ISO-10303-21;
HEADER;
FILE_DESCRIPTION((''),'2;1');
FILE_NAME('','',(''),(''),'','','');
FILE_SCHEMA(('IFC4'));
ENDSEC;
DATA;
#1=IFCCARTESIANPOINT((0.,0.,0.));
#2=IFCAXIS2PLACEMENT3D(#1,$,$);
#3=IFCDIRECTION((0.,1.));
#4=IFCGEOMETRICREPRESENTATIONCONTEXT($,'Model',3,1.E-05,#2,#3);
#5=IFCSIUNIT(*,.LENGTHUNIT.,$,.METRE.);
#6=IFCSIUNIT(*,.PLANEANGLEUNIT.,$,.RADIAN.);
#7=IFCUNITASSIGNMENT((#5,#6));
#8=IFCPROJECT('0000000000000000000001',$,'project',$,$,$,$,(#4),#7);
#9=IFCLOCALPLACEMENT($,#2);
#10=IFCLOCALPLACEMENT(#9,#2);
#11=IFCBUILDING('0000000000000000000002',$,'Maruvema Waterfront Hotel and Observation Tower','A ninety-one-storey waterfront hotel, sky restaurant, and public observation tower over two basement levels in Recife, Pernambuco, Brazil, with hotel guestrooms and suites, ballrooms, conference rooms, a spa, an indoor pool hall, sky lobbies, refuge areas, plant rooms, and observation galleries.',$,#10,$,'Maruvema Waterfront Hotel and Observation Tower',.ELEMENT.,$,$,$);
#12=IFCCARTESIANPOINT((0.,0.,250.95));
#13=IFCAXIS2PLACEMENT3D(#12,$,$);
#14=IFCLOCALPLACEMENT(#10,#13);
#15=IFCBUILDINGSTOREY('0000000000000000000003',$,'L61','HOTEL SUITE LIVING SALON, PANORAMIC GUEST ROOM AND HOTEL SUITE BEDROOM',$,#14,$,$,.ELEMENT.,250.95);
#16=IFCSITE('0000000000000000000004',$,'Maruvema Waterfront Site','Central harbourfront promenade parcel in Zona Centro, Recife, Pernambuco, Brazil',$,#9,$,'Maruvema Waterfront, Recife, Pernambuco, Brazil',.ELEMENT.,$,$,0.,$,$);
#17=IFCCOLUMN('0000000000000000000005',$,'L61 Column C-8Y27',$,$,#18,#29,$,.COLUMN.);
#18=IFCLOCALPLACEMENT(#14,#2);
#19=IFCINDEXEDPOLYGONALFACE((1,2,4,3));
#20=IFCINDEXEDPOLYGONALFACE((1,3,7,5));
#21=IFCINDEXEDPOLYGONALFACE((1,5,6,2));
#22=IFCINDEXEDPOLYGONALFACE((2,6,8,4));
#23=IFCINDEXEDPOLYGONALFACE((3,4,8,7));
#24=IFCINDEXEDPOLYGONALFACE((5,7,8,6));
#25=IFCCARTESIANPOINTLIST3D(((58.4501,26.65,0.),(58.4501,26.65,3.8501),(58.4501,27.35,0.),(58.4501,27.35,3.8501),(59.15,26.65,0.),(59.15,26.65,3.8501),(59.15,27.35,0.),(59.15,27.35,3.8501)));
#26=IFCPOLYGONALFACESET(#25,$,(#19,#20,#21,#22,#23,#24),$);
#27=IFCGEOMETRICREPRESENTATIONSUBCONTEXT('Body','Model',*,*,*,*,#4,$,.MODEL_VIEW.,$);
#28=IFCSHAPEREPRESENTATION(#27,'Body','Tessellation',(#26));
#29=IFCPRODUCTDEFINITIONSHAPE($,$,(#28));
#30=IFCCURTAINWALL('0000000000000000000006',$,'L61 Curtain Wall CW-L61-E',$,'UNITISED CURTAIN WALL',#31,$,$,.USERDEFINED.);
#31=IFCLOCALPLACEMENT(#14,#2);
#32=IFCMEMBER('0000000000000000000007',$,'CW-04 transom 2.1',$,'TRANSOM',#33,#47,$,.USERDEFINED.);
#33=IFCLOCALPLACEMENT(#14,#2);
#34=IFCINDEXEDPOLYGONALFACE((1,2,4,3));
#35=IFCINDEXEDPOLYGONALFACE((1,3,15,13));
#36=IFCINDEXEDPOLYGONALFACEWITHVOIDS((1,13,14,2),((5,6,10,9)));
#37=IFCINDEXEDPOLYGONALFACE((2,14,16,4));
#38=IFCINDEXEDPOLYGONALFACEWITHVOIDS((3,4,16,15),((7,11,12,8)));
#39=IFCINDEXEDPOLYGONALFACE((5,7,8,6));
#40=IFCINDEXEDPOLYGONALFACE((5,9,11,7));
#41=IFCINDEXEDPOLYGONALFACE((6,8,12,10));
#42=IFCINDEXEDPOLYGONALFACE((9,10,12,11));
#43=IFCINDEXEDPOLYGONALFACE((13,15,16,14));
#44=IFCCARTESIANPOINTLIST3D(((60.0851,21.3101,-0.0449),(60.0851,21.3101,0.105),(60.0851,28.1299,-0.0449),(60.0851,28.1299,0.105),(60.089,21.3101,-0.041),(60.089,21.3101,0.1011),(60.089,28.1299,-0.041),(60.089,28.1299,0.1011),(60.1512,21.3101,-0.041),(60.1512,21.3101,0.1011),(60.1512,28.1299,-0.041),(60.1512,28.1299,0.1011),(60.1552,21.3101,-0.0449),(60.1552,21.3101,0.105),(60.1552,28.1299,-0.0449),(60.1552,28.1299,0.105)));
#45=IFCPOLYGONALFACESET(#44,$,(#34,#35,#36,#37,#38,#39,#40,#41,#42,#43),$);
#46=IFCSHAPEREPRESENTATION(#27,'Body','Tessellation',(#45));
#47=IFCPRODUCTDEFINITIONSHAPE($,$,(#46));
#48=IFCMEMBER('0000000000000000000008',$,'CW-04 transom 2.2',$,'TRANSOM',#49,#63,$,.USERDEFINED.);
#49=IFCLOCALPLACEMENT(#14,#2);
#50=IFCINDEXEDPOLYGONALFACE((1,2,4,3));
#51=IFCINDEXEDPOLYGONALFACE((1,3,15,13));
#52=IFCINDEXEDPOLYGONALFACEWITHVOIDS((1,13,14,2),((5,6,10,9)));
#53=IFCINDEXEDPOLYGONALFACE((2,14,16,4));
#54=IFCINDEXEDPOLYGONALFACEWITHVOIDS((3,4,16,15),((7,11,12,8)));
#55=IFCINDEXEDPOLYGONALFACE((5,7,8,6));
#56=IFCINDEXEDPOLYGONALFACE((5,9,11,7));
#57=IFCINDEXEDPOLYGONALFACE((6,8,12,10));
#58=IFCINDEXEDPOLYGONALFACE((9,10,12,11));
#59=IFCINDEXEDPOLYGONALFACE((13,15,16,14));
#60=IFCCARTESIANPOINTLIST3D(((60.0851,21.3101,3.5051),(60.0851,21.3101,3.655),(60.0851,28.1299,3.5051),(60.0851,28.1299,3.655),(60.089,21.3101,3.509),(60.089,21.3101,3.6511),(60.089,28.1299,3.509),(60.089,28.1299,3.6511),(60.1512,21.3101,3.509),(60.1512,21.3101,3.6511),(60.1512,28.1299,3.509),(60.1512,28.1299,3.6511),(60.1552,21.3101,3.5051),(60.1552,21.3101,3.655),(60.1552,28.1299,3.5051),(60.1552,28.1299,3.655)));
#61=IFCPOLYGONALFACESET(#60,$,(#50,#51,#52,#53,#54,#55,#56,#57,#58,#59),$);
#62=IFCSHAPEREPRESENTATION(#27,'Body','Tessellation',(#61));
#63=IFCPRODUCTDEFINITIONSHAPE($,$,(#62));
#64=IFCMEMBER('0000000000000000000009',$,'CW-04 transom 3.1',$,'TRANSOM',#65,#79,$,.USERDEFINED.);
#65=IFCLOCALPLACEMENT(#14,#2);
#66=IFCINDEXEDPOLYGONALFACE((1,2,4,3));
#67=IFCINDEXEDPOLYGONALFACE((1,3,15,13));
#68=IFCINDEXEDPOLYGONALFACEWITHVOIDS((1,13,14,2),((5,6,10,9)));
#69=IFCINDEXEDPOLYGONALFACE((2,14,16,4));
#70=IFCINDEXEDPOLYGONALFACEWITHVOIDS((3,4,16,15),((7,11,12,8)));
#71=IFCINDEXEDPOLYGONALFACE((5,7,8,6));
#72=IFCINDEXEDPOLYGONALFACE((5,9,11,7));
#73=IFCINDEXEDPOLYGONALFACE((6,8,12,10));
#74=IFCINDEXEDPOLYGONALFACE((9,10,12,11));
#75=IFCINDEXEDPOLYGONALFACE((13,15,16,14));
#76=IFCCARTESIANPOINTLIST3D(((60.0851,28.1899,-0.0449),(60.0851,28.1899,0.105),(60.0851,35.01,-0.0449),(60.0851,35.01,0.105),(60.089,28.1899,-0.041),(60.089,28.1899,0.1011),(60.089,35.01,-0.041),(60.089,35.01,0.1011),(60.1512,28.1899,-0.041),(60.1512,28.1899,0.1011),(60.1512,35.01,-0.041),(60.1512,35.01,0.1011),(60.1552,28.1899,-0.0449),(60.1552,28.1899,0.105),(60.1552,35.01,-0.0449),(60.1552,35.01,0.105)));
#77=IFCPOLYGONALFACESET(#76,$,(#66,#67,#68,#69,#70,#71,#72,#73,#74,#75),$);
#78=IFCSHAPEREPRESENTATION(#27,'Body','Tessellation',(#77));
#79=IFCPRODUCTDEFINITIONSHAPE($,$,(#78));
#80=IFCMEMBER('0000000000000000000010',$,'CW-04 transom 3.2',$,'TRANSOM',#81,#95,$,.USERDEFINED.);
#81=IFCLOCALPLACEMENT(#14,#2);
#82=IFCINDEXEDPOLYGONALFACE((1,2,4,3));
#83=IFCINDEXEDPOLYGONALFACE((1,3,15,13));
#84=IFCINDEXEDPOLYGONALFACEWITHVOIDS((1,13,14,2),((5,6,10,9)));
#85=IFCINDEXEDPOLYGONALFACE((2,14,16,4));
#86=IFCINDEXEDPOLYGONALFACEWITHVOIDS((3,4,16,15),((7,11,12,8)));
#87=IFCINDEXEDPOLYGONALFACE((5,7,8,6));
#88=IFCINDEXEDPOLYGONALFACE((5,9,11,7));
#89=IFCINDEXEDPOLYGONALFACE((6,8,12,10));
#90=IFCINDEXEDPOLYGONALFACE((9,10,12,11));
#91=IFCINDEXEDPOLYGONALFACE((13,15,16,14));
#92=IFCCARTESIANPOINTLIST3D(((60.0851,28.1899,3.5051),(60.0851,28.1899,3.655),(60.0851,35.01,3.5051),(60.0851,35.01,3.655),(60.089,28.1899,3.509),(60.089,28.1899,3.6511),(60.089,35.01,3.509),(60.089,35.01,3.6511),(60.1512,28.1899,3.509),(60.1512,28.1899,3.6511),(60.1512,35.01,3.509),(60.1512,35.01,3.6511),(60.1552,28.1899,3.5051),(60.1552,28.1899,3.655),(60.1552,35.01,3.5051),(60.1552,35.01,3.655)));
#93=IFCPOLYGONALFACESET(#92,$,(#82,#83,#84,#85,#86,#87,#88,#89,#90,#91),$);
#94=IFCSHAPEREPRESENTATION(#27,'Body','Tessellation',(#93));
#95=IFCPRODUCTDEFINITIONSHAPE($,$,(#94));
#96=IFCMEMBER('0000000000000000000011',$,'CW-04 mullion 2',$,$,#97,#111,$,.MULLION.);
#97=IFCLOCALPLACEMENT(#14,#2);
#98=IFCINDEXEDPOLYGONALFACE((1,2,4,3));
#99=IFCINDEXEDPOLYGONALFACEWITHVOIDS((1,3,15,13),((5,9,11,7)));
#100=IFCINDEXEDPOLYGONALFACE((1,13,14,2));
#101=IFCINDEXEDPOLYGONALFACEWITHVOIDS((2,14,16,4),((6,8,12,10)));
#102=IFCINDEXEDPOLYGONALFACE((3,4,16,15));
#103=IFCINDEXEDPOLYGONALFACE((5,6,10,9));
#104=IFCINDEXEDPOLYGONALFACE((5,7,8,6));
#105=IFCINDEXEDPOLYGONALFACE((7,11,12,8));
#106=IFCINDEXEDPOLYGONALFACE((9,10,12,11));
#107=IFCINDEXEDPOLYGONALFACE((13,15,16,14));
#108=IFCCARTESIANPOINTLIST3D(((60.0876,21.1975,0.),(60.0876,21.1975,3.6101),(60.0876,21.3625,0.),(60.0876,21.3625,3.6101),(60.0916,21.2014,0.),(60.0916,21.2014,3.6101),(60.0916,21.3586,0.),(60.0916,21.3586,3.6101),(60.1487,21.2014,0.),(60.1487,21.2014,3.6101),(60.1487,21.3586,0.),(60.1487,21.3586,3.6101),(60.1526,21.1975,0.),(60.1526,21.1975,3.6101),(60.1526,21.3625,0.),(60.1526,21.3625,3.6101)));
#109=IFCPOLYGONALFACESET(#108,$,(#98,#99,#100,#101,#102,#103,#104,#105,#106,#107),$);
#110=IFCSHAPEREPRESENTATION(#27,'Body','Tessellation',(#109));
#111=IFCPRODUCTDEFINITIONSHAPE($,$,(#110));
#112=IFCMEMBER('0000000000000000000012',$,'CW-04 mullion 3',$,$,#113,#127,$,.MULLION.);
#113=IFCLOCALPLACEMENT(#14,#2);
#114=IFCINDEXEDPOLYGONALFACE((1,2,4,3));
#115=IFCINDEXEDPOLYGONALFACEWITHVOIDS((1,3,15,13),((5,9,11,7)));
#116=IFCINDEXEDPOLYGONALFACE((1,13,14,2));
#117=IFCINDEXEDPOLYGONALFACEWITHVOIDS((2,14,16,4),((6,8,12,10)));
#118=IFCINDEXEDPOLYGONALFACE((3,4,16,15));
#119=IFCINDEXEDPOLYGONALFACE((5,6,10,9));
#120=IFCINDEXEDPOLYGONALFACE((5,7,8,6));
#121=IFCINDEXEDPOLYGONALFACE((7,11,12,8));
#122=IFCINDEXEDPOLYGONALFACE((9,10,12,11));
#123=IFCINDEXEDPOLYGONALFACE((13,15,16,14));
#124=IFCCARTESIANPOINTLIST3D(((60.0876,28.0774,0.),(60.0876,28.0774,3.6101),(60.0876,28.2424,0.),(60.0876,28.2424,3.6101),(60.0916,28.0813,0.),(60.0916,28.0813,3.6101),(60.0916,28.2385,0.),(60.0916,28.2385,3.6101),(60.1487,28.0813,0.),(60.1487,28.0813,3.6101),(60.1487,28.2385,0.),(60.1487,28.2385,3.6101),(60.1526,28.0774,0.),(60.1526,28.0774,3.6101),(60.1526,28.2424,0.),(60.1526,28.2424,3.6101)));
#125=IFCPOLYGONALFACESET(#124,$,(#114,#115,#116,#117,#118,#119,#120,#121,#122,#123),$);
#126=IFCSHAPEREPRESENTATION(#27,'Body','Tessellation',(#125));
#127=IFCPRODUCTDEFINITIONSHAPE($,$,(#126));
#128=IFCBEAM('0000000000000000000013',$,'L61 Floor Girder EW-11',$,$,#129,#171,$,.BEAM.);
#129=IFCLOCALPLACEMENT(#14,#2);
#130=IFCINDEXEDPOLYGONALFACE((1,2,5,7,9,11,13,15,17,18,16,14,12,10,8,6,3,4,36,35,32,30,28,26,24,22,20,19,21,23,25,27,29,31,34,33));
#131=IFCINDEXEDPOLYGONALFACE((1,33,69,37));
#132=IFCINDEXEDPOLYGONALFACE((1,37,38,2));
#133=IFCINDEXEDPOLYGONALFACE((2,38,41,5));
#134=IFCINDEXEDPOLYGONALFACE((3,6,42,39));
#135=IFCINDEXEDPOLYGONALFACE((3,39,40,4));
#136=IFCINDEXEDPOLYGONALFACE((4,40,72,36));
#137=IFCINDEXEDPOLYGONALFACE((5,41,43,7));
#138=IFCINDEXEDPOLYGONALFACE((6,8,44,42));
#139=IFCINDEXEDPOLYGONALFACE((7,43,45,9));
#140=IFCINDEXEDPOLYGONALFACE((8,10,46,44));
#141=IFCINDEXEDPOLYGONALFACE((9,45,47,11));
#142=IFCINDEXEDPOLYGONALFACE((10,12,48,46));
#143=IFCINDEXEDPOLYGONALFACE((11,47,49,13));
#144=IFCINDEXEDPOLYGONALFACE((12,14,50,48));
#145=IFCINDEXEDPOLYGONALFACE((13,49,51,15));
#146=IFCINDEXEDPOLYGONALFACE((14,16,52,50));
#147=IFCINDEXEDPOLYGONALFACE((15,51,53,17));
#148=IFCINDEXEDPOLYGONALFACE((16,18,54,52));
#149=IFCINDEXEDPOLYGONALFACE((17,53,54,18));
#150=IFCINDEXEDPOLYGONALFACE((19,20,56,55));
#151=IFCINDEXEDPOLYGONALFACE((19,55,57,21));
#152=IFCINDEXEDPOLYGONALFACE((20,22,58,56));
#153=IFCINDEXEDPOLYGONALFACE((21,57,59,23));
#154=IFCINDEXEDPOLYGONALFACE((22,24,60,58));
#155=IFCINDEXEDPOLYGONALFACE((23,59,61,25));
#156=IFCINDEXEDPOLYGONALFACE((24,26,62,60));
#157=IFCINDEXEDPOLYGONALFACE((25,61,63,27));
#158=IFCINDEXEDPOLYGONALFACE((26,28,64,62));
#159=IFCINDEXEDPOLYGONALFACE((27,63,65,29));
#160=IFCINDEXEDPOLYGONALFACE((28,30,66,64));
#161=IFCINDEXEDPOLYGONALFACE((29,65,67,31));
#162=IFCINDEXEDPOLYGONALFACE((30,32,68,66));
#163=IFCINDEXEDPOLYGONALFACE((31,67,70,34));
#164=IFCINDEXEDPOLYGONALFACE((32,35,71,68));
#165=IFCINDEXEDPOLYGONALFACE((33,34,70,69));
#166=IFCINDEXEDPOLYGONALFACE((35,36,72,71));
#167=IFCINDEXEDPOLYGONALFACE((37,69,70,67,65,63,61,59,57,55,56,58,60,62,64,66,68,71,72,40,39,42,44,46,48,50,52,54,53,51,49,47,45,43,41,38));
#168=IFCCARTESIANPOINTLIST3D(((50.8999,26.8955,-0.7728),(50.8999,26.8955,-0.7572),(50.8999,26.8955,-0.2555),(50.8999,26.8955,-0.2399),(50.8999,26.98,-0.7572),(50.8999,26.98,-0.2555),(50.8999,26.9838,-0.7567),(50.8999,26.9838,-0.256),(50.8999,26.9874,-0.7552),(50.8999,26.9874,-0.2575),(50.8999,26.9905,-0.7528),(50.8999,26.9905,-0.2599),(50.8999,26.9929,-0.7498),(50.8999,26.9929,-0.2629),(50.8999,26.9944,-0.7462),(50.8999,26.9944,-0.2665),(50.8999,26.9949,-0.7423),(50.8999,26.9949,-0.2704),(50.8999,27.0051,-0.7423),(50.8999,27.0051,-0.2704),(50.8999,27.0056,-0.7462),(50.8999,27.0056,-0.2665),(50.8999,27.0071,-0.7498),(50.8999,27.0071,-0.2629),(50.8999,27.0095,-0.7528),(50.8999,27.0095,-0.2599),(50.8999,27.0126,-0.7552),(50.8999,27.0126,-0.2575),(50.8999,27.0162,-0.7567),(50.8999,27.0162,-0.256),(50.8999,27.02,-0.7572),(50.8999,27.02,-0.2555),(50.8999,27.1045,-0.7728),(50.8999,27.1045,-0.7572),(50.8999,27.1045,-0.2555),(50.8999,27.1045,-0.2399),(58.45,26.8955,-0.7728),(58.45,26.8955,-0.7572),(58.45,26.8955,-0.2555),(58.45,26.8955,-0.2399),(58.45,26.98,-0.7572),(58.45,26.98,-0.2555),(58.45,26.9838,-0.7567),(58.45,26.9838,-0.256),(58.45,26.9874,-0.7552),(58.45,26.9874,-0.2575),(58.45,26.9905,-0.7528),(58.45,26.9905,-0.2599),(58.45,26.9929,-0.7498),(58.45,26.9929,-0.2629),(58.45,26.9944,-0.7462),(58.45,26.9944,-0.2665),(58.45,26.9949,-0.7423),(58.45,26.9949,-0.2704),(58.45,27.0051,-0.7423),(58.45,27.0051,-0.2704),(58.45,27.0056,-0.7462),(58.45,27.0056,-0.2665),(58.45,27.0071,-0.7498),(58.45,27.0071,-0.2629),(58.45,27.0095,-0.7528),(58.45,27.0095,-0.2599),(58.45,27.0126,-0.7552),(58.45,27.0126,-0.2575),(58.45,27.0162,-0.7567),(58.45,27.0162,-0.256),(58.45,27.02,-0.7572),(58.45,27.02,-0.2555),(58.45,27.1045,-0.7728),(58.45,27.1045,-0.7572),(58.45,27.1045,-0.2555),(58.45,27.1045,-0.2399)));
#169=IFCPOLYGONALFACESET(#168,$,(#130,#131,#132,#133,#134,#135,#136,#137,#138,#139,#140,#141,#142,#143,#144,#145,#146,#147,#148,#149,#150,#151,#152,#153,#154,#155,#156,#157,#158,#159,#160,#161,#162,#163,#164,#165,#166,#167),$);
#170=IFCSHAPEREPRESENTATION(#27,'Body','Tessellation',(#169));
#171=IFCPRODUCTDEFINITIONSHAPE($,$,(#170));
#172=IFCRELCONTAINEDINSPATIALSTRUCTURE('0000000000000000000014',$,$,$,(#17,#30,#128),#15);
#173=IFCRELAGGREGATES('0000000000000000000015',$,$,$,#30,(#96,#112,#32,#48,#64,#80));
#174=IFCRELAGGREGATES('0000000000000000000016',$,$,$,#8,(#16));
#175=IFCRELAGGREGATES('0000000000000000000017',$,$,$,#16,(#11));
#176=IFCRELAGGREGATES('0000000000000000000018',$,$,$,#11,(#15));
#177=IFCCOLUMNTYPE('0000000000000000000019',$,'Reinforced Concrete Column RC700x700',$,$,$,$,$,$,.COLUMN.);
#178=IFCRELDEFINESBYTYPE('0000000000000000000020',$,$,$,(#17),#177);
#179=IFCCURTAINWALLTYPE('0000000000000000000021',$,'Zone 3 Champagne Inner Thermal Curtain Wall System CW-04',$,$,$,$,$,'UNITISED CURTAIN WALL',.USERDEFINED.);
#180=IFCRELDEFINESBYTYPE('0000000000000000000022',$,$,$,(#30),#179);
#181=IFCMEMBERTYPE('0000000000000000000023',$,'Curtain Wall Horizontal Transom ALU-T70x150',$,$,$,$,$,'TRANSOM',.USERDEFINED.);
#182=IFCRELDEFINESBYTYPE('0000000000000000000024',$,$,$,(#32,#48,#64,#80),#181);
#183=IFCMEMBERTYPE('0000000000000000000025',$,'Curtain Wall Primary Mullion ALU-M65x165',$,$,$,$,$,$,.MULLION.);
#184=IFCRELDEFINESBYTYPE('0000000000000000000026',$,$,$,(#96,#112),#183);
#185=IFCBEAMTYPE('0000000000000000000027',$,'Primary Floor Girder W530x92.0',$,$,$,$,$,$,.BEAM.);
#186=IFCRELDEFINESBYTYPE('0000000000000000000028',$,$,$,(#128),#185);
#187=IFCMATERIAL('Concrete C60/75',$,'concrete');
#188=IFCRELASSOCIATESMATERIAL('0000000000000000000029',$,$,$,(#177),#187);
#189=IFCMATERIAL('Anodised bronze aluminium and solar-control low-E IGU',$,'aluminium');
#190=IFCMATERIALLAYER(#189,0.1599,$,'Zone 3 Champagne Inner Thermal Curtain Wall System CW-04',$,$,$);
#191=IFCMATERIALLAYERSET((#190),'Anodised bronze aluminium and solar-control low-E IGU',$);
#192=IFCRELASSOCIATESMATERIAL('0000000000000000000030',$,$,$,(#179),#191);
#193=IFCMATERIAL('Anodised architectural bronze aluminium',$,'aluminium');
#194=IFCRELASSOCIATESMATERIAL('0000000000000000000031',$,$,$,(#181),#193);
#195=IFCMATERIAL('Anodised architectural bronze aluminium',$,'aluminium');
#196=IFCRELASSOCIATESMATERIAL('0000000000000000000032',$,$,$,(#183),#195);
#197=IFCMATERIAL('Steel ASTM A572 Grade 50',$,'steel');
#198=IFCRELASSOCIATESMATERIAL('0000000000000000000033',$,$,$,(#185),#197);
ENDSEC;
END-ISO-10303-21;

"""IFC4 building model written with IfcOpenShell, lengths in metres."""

from ifc_helpers import new_model, si_unit, direction, frame, origin, origin_2d, place, context, subcontext, project, spatial, rectangle, hollow_rectangle, i_section, extrude, material, layer, layer_set, material_profile, profile_set, type_object, element, aggregate, save


model = new_model("IFC4")

# Units and contexts
model_context = context("Model", 3, precision=1e-05, world=origin(), true_north=direction((0.0, 1.0)))
body_context = subcontext(model_context, "Body", "Model", "MODEL_VIEW")
ifc_project = project(units=[si_unit("LENGTHUNIT", "METRE"), si_unit("PLANEANGLEUNIT", "RADIAN")], contexts=[model_context])

# Site, building, storey
site_placement = place(None, origin())
site = spatial("IfcSite", under=ifc_project, at=site_placement, Name="Maruvema Waterfront Site", Description="Central harbourfront promenade parcel in Zona Centro, Recife, Pernambuco, Brazil", LongName="Maruvema Waterfront, Recife, Pernambuco, Brazil", CompositionType="ELEMENT", RefElevation=0.0)
building_placement = place(site_placement, origin())
building = spatial("IfcBuilding", under=site, at=building_placement, Name="Maruvema Waterfront Hotel and Observation Tower", Description="A ninety-one-storey waterfront hotel, sky restaurant, and public observation tower over two basement levels in Recife, Pernambuco, Brazil, with hotel guestrooms and suites, ballrooms, conference rooms, a spa, an indoor pool hall, sky lobbies, refuge areas, plant rooms, and observation galleries.", LongName="Maruvema Waterfront Hotel and Observation Tower", CompositionType="ELEMENT")
storey_placement = place(building_placement, frame((0.0, 0.0, 250.95)))
storey = spatial("IfcBuildingStorey", under=building, at=storey_placement, Name="L61", Description="HOTEL SUITE LIVING SALON, PANORAMIC GUEST ROOM AND HOTEL SUITE BEDROOM", CompositionType="ELEMENT", Elevation=250.95)

# Column
ifc_material_1 = material(Name="Concrete C60/75", Category="concrete")
ifc_material_profile_1 = material_profile(ifc_material_1, rectangle(XDim=0.7, YDim=0.7, at=origin_2d()), Name="RC700x700")
ifc_profile_set_1 = profile_set([ifc_material_profile_1], Name="Concrete C60/75")
column_type = type_object("IfcColumnType", Name="Reinforced Concrete Column RC700x700", PredefinedType="COLUMN", material=ifc_profile_set_1)
column_placement = place(storey_placement, frame((58.8, 27.0, 0.0), z_axis=(0.0, 0.0, 1.0), x_axis=(1.0, 0.0, 0.0)))
element("IfcColumn", 1, at=column_placement, inside=storey, type_object=column_type, Name="L61 Column C-8Y27", PredefinedType="COLUMN", context=body_context, shape_type="SweptSolid", body=[
    extrude(rectangle(XDim=0.7, YDim=0.7, at=origin_2d()), origin(), (0.0, 0.0, 1.0), 3.8501),
])

# Curtain wall, members
ifc_material_2 = material(Name="Anodised bronze aluminium and solar-control low-E IGU", Category="aluminium")
ifc_layer_1 = layer(ifc_material_2, 0.1599, Name="Zone 3 Champagne Inner Thermal Curtain Wall System CW-04")
ifc_layer_set_1 = layer_set([ifc_layer_1], Name="Anodised bronze aluminium and solar-control low-E IGU")
curtain_wall_type = type_object("IfcCurtainWallType", Name="Zone 3 Champagne Inner Thermal Curtain Wall System CW-04", ElementType="UNITISED CURTAIN WALL", PredefinedType="USERDEFINED", material=ifc_layer_set_1)
curtain_wall_placement = place(storey_placement, origin())
curtain_wall = element("IfcCurtainWall", 2, at=curtain_wall_placement, inside=storey, type_object=curtain_wall_type, Name="L61 Curtain Wall CW-L61-E", ObjectType="UNITISED CURTAIN WALL", PredefinedType="USERDEFINED")
ifc_material_3 = material(Name="Anodised architectural bronze aluminium", Category="aluminium")
ifc_material_profile_2 = material_profile(ifc_material_3, hollow_rectangle(XDim=0.0701, YDim=0.1499, WallThickness=0.0039, at=origin_2d()), Name="ALU-T70x150")
ifc_profile_set_2 = profile_set([ifc_material_profile_2], Name="Anodised architectural bronze aluminium")
member_type_1 = type_object("IfcMemberType", Name="Curtain Wall Horizontal Transom ALU-T70x150", ElementType="TRANSOM", PredefinedType="USERDEFINED", material=ifc_profile_set_2)
member_1_placement = place(storey_placement, frame((60.1201, 21.3101, 0.03), z_axis=(0.0, 1.0, 0.0), x_axis=(-1.0, 0.0, 0.0)))
member_1 = element("IfcMember", 3, at=member_1_placement, type_object=member_type_1, Name="CW-04 transom 2.1", ObjectType="TRANSOM", PredefinedType="USERDEFINED", context=body_context, shape_type="SweptSolid", body=[
    extrude(hollow_rectangle(XDim=0.0701, YDim=0.1499, WallThickness=0.0039, at=origin_2d()), origin(), (0.0, 0.0, 1.0), 6.8198),
])
member_2_placement = place(storey_placement, frame((60.1201, 21.3101, 3.5801), z_axis=(0.0, 1.0, 0.0), x_axis=(-1.0, 0.0, 0.0)))
member_2 = element("IfcMember", 4, at=member_2_placement, type_object=member_type_1, Name="CW-04 transom 2.2", ObjectType="TRANSOM", PredefinedType="USERDEFINED", context=body_context, shape_type="SweptSolid", body=[
    extrude(hollow_rectangle(XDim=0.0701, YDim=0.1499, WallThickness=0.0039, at=origin_2d()), origin(), (0.0, 0.0, 1.0), 6.8198),
])
member_3_placement = place(storey_placement, frame((60.1201, 28.1899, 0.03), z_axis=(0.0, 1.0, 0.0), x_axis=(-1.0, 0.0, 0.0)))
member_3 = element("IfcMember", 5, at=member_3_placement, type_object=member_type_1, Name="CW-04 transom 3.1", ObjectType="TRANSOM", PredefinedType="USERDEFINED", context=body_context, shape_type="SweptSolid", body=[
    extrude(hollow_rectangle(XDim=0.0701, YDim=0.1499, WallThickness=0.0039, at=origin_2d()), origin(), (0.0, 0.0, 1.0), 6.8201),
])
member_4_placement = place(storey_placement, frame((60.1201, 28.1899, 3.5801), z_axis=(0.0, 1.0, 0.0), x_axis=(-1.0, 0.0, 0.0)))
member_4 = element("IfcMember", 6, at=member_4_placement, type_object=member_type_1, Name="CW-04 transom 3.2", ObjectType="TRANSOM", PredefinedType="USERDEFINED", context=body_context, shape_type="SweptSolid", body=[
    extrude(hollow_rectangle(XDim=0.0701, YDim=0.1499, WallThickness=0.0039, at=origin_2d()), origin(), (0.0, 0.0, 1.0), 6.8201),
])
ifc_material_4 = material(Name="Anodised architectural bronze aluminium", Category="aluminium")
ifc_material_profile_3 = material_profile(ifc_material_4, hollow_rectangle(XDim=0.0649, YDim=0.165, WallThickness=0.0039, at=origin_2d()), Name="ALU-M65x165")
ifc_profile_set_3 = profile_set([ifc_material_profile_3], Name="Anodised architectural bronze aluminium")
member_type_2 = type_object("IfcMemberType", Name="Curtain Wall Primary Mullion ALU-M65x165", PredefinedType="MULLION", material=ifc_profile_set_3)
member_5_placement = place(storey_placement, frame((60.1201, 21.28, 0.0), z_axis=(0.0, 0.0, 1.0), x_axis=(-1.0, 0.0, 0.0)))
member_5 = element("IfcMember", 7, at=member_5_placement, type_object=member_type_2, Name="CW-04 mullion 2", PredefinedType="MULLION", context=body_context, shape_type="SweptSolid", body=[
    extrude(hollow_rectangle(XDim=0.0649, YDim=0.165, WallThickness=0.0039, at=origin_2d()), origin(), (0.0, 0.0, 1.0), 3.6101),
])
member_6_placement = place(storey_placement, frame((60.1201, 28.1599, 0.0), z_axis=(0.0, 0.0, 1.0), x_axis=(-1.0, 0.0, 0.0)))
member_6 = element("IfcMember", 8, at=member_6_placement, type_object=member_type_2, Name="CW-04 mullion 3", PredefinedType="MULLION", context=body_context, shape_type="SweptSolid", body=[
    extrude(hollow_rectangle(XDim=0.0649, YDim=0.165, WallThickness=0.0039, at=origin_2d()), origin(), (0.0, 0.0, 1.0), 3.6101),
])

# Beam
ifc_material_5 = material(Name="Steel ASTM A572 Grade 50", Category="steel")
ifc_material_profile_4 = material_profile(ifc_material_5, i_section(OverallWidth=0.209, OverallDepth=0.533, WebThickness=0.0103, FlangeThickness=0.0156, FilletRadius=0.0149, at=origin_2d()), Name="W530x92.0")
ifc_profile_set_4 = profile_set([ifc_material_profile_4], Name="Steel ASTM A572 Grade 50")
beam_type_1 = type_object("IfcBeamType", Name="Primary Floor Girder W530x92.0", PredefinedType="BEAM", material=ifc_profile_set_4)
beam_1_placement = place(storey_placement, frame((50.8999, 27.0, -0.5063), z_axis=(1.0, 0.0, 0.0), x_axis=(0.0, 1.0, 0.0)))
element("IfcBeam", 9, at=beam_1_placement, inside=storey, type_object=beam_type_1, Name="L61 Floor Girder EW-11", PredefinedType="BEAM", context=body_context, shape_type="SweptSolid", body=[
    extrude(i_section(OverallWidth=0.209, OverallDepth=0.533, WebThickness=0.0103, FlangeThickness=0.0156, FilletRadius=0.0149, at=origin_2d()), origin(), (0.0, 0.0, 1.0), 7.55),
])

aggregate(curtain_wall, [member_5, member_6, member_1, member_2, member_3, member_4])

save(model, "model.ifc")
